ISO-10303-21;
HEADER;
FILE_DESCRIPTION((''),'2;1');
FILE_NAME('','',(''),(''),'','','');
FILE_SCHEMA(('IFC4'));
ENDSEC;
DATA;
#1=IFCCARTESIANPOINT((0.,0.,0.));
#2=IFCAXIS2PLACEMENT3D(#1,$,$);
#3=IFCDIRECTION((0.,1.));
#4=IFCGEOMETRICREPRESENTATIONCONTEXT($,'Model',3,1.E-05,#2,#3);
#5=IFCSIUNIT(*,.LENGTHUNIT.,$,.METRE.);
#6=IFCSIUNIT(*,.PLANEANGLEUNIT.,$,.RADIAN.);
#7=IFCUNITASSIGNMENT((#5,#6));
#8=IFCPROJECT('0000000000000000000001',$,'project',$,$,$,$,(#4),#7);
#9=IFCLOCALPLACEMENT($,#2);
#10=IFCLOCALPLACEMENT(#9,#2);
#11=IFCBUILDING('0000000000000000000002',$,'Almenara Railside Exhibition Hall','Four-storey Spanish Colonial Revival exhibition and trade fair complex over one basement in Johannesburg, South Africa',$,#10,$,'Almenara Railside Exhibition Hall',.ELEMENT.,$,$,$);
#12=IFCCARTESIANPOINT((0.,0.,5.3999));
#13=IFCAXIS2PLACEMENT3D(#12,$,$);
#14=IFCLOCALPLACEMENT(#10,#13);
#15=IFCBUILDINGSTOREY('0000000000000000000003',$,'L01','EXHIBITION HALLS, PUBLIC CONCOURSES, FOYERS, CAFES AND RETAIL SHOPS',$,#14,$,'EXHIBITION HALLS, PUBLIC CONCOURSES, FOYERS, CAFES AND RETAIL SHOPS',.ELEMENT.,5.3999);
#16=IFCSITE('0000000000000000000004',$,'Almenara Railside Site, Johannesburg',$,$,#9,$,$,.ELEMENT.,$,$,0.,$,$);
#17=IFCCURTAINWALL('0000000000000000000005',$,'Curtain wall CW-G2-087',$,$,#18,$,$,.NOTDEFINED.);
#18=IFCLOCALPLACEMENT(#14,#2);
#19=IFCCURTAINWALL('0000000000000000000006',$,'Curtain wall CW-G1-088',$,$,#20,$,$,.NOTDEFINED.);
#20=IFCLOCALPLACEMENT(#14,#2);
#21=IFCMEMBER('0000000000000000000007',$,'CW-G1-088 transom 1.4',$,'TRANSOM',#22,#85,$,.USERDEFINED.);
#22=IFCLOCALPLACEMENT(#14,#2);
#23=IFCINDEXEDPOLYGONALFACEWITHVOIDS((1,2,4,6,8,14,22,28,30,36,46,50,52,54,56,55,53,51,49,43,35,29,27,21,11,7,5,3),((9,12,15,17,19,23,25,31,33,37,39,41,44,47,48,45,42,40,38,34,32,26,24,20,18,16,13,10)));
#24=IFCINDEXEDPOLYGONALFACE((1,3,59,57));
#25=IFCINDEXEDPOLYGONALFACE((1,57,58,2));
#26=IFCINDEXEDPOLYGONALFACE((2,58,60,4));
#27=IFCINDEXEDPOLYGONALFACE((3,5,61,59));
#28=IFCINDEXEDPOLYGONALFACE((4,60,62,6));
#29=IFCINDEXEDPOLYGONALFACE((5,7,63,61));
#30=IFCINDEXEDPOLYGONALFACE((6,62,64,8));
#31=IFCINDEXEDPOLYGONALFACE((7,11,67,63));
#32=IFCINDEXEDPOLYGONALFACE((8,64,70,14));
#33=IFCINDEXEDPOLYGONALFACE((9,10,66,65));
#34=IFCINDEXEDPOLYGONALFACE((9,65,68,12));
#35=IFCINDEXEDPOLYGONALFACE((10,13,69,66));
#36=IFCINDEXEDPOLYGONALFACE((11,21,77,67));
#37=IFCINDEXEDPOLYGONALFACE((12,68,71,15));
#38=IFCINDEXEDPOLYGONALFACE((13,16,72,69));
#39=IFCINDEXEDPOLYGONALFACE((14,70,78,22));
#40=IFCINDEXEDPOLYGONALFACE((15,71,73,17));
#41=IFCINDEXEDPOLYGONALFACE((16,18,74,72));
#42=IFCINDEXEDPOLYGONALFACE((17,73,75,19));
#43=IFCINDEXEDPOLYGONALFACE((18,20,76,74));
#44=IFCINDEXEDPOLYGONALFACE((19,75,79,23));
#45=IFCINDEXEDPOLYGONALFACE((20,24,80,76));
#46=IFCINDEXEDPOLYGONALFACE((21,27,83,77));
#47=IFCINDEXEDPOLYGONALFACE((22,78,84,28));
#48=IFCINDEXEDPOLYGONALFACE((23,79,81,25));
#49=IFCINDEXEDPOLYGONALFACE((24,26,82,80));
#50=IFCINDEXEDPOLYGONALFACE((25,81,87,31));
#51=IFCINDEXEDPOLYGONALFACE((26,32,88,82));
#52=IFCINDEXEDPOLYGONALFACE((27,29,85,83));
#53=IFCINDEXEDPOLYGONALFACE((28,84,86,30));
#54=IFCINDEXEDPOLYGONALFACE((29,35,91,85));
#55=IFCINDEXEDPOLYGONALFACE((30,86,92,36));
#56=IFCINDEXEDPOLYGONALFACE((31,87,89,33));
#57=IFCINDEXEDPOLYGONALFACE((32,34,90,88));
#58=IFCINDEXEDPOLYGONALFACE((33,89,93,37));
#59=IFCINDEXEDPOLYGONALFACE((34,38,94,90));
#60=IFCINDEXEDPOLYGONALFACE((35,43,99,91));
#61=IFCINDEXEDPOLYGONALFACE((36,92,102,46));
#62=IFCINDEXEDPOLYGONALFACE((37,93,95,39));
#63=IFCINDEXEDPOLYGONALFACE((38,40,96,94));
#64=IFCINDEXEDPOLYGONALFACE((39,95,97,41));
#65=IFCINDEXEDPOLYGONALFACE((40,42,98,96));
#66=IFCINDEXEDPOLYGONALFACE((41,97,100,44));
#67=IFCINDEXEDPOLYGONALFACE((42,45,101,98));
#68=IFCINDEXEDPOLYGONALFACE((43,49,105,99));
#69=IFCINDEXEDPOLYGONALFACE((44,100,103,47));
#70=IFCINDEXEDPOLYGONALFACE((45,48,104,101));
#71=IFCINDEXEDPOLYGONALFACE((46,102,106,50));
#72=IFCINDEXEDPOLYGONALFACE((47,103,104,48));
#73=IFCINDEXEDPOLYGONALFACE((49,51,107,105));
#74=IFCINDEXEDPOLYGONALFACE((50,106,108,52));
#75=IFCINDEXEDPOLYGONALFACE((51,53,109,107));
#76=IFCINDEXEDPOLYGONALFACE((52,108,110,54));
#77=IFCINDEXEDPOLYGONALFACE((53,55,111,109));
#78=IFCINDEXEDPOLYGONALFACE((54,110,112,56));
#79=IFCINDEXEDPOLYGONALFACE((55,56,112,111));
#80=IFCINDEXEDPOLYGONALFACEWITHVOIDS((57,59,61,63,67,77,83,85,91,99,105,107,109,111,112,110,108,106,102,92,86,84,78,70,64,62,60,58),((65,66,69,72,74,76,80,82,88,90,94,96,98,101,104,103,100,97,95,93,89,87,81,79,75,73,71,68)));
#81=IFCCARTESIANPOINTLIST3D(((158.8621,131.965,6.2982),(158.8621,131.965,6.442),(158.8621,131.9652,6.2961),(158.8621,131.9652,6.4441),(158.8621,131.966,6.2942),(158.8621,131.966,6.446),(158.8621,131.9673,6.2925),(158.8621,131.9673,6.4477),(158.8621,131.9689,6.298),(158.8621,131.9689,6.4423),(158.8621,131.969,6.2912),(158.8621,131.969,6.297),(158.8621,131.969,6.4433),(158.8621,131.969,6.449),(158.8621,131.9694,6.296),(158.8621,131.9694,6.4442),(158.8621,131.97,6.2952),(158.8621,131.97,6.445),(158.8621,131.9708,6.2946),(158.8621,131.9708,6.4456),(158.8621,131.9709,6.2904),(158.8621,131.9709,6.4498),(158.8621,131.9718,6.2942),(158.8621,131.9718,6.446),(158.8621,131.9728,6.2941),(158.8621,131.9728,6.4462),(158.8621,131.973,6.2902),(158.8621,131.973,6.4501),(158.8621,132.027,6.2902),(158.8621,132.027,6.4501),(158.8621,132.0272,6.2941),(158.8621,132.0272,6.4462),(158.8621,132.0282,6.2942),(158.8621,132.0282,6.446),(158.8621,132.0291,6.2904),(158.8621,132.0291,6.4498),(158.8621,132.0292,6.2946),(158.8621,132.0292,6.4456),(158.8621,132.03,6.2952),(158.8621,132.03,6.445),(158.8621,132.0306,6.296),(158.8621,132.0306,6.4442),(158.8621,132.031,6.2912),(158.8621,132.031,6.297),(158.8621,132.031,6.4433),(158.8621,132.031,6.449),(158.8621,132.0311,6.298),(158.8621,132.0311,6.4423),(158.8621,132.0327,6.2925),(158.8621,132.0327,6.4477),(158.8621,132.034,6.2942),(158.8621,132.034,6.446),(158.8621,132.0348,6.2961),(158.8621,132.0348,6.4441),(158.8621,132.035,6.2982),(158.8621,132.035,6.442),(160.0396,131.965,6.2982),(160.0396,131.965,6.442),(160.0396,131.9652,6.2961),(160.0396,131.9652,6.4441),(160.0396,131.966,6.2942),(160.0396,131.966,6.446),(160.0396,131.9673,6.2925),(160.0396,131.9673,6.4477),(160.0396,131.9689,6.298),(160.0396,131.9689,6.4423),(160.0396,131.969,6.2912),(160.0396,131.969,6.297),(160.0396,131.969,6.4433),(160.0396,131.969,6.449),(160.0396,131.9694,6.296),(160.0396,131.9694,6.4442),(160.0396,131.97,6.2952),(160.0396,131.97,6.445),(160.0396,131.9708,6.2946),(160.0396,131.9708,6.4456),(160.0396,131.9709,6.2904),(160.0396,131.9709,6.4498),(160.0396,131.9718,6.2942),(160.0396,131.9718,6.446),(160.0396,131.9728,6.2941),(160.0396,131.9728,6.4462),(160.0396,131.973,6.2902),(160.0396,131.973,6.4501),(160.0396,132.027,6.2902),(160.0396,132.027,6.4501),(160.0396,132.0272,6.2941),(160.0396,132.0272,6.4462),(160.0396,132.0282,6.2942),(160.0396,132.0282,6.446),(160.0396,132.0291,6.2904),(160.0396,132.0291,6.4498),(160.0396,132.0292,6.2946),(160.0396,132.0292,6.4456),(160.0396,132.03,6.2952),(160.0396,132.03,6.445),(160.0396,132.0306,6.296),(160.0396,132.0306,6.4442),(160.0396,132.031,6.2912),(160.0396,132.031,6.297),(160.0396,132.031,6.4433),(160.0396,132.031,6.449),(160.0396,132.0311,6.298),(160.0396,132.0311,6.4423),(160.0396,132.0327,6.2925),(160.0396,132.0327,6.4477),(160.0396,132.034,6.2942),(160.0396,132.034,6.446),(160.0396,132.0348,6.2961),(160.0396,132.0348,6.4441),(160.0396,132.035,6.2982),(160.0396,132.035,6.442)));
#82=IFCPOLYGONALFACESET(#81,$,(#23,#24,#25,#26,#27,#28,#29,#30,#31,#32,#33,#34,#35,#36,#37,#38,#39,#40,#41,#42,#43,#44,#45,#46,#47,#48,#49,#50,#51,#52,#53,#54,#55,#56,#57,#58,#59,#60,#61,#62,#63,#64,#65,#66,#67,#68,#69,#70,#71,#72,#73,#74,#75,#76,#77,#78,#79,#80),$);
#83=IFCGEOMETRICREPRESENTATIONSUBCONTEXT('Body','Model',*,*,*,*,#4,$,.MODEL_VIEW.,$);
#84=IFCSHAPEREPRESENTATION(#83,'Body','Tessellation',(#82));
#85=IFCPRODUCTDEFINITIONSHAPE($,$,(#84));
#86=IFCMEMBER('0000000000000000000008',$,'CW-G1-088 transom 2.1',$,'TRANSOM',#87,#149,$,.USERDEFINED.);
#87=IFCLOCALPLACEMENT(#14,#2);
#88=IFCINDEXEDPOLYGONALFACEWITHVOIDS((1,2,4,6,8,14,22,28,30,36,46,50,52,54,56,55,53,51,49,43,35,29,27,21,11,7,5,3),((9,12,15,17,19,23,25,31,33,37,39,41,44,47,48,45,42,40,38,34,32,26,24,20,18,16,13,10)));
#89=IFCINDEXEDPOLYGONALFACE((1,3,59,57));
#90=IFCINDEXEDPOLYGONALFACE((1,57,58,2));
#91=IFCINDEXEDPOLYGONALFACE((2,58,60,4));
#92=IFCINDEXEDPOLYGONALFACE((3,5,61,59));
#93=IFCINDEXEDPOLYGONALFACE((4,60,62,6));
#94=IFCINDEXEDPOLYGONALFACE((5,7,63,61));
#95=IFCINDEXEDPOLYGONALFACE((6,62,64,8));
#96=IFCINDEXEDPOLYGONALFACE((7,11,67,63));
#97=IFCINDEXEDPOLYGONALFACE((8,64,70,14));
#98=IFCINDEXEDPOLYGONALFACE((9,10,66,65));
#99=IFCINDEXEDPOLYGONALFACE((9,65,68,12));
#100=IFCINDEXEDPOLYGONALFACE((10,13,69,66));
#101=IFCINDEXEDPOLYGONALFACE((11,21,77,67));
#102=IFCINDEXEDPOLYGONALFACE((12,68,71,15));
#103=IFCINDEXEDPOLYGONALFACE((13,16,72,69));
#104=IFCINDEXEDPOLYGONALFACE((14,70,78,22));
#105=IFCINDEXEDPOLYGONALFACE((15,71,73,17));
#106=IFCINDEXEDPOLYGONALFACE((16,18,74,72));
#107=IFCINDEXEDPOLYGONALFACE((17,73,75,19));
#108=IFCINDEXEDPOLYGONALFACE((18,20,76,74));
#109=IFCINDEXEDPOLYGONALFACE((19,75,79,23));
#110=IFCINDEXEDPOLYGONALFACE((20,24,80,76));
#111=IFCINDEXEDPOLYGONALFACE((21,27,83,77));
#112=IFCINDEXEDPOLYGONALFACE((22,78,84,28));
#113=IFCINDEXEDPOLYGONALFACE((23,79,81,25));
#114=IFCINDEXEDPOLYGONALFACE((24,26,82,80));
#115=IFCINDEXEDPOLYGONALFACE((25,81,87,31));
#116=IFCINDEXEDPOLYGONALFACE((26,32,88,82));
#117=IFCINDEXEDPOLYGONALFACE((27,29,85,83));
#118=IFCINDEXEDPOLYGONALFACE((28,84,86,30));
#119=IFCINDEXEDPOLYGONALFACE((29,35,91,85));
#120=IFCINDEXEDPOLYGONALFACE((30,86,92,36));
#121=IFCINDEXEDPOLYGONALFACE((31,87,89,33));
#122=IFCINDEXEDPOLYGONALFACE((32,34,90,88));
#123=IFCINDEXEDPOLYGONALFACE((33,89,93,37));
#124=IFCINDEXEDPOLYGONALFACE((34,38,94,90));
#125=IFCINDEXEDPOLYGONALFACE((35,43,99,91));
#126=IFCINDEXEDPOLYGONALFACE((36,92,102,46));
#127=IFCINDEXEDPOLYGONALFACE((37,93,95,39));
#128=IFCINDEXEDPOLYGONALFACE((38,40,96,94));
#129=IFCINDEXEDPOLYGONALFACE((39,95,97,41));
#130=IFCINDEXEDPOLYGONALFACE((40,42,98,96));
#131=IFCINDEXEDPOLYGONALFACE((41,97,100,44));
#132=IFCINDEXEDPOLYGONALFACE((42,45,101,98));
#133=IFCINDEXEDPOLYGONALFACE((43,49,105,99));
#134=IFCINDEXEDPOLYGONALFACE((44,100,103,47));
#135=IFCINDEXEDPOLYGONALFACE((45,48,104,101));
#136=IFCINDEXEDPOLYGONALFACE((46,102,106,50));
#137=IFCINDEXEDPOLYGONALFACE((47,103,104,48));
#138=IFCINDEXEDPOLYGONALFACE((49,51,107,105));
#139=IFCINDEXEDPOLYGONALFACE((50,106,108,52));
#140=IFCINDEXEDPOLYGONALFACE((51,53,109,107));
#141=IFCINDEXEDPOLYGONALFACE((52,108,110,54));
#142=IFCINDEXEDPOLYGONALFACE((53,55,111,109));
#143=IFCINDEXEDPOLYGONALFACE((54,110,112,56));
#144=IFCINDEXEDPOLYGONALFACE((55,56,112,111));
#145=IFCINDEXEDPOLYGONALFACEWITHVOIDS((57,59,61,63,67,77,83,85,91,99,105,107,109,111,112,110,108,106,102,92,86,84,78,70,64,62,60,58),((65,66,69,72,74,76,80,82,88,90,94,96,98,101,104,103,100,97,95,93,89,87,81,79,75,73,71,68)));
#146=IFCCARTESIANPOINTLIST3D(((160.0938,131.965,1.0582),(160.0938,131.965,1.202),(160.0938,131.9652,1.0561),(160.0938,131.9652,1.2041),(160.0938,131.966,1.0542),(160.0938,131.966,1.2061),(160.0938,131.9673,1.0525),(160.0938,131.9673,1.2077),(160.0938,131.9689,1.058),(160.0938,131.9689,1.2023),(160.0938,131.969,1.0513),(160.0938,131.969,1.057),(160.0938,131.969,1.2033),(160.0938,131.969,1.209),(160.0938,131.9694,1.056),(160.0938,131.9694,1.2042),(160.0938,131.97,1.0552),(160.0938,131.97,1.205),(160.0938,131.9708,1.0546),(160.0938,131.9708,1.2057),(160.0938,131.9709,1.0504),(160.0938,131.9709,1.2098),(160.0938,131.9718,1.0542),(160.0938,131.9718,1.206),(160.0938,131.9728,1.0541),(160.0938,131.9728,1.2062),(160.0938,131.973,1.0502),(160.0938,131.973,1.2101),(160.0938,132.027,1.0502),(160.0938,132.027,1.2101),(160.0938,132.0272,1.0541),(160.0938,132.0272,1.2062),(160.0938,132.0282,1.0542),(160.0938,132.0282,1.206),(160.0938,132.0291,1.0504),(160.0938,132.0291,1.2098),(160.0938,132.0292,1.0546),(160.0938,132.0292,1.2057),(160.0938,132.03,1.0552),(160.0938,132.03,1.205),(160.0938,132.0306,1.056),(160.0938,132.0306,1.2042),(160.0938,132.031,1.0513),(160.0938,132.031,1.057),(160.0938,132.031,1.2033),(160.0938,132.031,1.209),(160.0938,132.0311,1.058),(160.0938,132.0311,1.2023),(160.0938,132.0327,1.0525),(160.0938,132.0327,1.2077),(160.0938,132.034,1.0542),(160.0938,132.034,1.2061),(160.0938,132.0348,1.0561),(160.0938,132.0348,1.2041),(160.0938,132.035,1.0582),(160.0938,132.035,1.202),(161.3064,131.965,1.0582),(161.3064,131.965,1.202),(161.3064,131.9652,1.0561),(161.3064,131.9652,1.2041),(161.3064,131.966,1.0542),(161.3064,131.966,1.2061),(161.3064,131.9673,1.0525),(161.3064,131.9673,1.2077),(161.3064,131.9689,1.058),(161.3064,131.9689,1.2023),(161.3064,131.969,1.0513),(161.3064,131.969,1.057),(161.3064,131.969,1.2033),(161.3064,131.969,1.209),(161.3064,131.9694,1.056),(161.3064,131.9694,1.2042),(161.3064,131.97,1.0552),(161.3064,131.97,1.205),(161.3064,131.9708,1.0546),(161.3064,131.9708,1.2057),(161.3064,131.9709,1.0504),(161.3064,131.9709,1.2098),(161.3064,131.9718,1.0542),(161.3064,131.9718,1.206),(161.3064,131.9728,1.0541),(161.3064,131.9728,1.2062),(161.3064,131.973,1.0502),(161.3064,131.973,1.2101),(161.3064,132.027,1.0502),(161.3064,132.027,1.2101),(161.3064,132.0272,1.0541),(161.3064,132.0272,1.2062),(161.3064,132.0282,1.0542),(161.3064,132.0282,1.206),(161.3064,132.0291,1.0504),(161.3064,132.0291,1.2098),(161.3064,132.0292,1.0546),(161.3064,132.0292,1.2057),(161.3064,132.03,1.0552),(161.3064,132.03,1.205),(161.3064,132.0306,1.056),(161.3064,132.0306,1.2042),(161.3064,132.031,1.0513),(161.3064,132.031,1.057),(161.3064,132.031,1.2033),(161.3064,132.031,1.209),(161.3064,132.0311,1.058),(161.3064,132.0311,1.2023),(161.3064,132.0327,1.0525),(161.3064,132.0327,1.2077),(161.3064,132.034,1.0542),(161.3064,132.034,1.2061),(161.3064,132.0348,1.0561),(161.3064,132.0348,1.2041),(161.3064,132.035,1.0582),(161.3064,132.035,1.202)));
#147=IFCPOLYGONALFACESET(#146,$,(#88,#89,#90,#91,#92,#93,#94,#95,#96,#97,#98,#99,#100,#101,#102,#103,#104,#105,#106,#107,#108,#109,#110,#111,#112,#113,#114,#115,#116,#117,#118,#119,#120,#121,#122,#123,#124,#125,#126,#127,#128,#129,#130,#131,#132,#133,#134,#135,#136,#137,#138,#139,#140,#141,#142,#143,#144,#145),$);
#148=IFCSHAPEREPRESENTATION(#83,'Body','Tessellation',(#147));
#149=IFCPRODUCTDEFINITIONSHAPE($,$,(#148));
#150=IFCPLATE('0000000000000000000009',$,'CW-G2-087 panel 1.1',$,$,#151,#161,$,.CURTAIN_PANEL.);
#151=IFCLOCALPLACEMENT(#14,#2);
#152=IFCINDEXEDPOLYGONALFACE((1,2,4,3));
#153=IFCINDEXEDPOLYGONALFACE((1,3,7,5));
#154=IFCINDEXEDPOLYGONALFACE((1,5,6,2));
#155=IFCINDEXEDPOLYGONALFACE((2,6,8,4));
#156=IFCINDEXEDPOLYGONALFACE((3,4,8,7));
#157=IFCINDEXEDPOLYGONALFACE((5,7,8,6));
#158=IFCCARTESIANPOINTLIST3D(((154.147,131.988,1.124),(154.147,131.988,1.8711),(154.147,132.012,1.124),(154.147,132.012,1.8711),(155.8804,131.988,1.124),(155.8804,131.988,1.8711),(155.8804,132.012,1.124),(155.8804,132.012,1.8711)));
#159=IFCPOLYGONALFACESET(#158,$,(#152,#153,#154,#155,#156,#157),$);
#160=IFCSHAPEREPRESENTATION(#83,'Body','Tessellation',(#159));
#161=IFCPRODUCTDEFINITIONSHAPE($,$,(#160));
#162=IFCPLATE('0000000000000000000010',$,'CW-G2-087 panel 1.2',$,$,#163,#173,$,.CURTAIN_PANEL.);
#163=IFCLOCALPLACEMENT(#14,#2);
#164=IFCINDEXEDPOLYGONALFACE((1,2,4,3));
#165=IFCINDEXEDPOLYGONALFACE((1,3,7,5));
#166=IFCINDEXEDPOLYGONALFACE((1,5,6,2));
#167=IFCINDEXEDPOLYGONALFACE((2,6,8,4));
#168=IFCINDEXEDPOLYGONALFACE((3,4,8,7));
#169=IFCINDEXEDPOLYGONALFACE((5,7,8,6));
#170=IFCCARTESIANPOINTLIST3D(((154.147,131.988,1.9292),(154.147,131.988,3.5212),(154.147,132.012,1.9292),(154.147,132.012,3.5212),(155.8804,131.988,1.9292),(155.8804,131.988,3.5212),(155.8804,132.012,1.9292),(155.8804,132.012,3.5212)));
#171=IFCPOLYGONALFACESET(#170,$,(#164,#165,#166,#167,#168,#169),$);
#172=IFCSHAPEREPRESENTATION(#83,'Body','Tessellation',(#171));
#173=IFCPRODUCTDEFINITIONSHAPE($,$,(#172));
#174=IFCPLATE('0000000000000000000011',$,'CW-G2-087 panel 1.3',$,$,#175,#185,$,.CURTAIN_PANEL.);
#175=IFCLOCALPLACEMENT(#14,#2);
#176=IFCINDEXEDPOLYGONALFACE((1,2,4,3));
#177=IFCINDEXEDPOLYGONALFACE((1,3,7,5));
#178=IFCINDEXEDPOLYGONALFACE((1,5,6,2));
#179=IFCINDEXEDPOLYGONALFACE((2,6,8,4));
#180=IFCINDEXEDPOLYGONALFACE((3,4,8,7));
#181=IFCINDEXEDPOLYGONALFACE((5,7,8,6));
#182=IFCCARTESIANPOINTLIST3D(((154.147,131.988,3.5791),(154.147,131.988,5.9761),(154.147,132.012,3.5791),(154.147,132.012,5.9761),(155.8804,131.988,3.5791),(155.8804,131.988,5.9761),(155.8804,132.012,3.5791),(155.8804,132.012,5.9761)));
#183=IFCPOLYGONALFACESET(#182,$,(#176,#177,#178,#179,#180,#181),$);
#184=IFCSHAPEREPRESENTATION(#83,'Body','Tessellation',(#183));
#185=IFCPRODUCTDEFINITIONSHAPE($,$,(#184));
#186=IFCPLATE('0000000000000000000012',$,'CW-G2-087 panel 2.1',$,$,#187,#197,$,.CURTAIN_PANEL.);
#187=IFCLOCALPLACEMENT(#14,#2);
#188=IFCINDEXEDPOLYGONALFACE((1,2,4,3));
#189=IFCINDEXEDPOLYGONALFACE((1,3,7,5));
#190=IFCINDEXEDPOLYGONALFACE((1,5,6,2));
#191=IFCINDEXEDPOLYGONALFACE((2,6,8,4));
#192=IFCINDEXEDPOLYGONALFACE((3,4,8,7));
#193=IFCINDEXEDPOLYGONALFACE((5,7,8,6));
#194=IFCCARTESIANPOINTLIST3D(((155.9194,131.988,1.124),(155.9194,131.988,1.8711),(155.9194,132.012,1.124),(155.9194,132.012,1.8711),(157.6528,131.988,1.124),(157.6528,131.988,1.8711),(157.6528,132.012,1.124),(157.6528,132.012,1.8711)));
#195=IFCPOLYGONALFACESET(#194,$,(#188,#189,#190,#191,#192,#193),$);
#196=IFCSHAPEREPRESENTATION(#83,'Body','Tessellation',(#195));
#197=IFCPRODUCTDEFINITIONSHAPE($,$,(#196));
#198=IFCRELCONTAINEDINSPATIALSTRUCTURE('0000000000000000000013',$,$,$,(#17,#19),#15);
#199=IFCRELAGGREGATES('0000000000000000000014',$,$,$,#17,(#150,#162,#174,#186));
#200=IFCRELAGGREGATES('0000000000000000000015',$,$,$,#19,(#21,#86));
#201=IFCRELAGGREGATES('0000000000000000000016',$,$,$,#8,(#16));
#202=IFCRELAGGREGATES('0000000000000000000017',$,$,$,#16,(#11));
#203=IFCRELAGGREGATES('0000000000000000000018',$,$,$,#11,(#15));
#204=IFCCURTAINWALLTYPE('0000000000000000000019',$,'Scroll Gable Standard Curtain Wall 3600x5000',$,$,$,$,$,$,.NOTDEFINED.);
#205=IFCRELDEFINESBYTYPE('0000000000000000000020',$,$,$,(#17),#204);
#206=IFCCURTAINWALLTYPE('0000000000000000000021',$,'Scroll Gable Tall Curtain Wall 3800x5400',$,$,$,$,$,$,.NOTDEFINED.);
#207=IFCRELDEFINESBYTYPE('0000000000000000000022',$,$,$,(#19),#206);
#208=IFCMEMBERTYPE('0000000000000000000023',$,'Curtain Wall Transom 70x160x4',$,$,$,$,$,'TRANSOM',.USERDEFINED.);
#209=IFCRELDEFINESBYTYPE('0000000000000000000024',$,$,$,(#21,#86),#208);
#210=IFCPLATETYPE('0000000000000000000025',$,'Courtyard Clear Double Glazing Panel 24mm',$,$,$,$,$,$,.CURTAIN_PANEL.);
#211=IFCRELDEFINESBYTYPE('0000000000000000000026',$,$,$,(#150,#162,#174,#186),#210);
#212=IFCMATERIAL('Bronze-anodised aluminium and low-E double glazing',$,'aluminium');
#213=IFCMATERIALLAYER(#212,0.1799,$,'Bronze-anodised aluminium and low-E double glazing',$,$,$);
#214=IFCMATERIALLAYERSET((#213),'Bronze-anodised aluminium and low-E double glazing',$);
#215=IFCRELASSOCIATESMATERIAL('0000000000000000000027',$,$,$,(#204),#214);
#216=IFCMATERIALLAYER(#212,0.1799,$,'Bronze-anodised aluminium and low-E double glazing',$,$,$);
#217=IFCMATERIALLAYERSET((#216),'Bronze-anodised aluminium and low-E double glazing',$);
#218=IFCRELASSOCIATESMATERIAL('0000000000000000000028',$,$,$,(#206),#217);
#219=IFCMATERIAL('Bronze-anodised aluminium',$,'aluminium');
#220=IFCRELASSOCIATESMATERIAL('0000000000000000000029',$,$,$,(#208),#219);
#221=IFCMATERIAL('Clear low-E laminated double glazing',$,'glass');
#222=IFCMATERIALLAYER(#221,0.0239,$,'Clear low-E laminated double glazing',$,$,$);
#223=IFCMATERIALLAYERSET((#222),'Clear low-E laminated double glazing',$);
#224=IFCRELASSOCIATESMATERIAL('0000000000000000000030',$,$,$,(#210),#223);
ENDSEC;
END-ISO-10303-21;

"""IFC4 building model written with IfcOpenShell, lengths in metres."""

from ifc_helpers import new_model, si_unit, direction, frame, origin, origin_2d, place, context, subcontext, project, spatial, rectangle, hollow_rectangle, extrude, material, layer, layer_set, material_profile, profile_set, type_object, element, aggregate, save


model = new_model("IFC4")

# Units and contexts
model_context = context("Model", 3, precision=1e-05, world=origin(), true_north=direction((0.0, 1.0)))
body_context = subcontext(model_context, "Body", "Model", "MODEL_VIEW")
ifc_project = project(units=[si_unit("LENGTHUNIT", "METRE"), si_unit("PLANEANGLEUNIT", "RADIAN")], contexts=[model_context])

# Site, building, storey
site_placement = place(None, origin())
site = spatial("IfcSite", under=ifc_project, at=site_placement, Name="Almenara Railside Site, Johannesburg", CompositionType="ELEMENT", RefElevation=0.0)
building_placement = place(site_placement, origin())
building = spatial("IfcBuilding", under=site, at=building_placement, Name="Almenara Railside Exhibition Hall", Description="Four-storey Spanish Colonial Revival exhibition and trade fair complex over one basement in Johannesburg, South Africa", LongName="Almenara Railside Exhibition Hall", CompositionType="ELEMENT")
storey_placement = place(building_placement, frame((0.0, 0.0, 5.3999)))
storey = spatial("IfcBuildingStorey", under=building, at=storey_placement, Name="L01", Description="EXHIBITION HALLS, PUBLIC CONCOURSES, FOYERS, CAFES AND RETAIL SHOPS", LongName="EXHIBITION HALLS, PUBLIC CONCOURSES, FOYERS, CAFES AND RETAIL SHOPS", CompositionType="ELEMENT", Elevation=5.3999)

# Curtain walls
ifc_material_1 = material(Name="Bronze-anodised aluminium and low-E double glazing", Category="aluminium")
ifc_layer_1 = layer(ifc_material_1, 0.1799, Name="Bronze-anodised aluminium and low-E double glazing")
ifc_layer_set_1 = layer_set([ifc_layer_1], Name="Bronze-anodised aluminium and low-E double glazing")
curtain_wall_type_1 = type_object("IfcCurtainWallType", Name="Scroll Gable Standard Curtain Wall 3600x5000", PredefinedType="NOTDEFINED", material=ifc_layer_set_1)
curtain_wall_1_placement = place(storey_placement, origin())
curtain_wall_1 = element("IfcCurtainWall", 1, at=curtain_wall_1_placement, inside=storey, type_object=curtain_wall_type_1, Name="Curtain wall CW-G2-087", PredefinedType="NOTDEFINED")
ifc_material_2 = material(Name="Bronze-anodised aluminium", Category="aluminium")
ifc_layer_2 = layer(ifc_material_1, 0.1799, Name="Bronze-anodised aluminium and low-E double glazing")
ifc_layer_set_2 = layer_set([ifc_layer_2], Name="Bronze-anodised aluminium and low-E double glazing")
curtain_wall_type_2 = type_object("IfcCurtainWallType", Name="Scroll Gable Tall Curtain Wall 3800x5400", PredefinedType="NOTDEFINED", material=ifc_layer_set_2)
curtain_wall_2_placement = place(storey_placement, origin())
curtain_wall_2 = element("IfcCurtainWall", 2, at=curtain_wall_2_placement, inside=storey, type_object=curtain_wall_type_2, Name="Curtain wall CW-G1-088", PredefinedType="NOTDEFINED")

# Members
ifc_material_profile_1 = material_profile(ifc_material_2, hollow_rectangle(XDim=0.0701, YDim=0.1599, WallThickness=0.0039, InnerFilletRadius=0.0039, OuterFilletRadius=0.0081, at=origin_2d()), Name="ALU-TRN 70x160x4")
ifc_profile_set_1 = profile_set([ifc_material_profile_1], Name="Bronze-anodised aluminium")
member_type_1 = type_object("IfcMemberType", Name="Curtain Wall Transom 70x160x4", ElementType="TRANSOM", PredefinedType="USERDEFINED", material=ifc_profile_set_1)
member_1_placement = place(storey_placement, frame((158.8621, 132.0, 6.3701), z_axis=(1.0, 0.0, 0.0), x_axis=(0.0, 1.0, 0.0)))
member_1 = element("IfcMember", 3, at=member_1_placement, type_object=member_type_1, Name="CW-G1-088 transom 1.4", ObjectType="TRANSOM", PredefinedType="USERDEFINED", context=body_context, shape_type="SweptSolid", body=[
    extrude(hollow_rectangle(XDim=0.0701, YDim=0.1599, WallThickness=0.0039, InnerFilletRadius=0.0039, OuterFilletRadius=0.0081, at=origin_2d()), origin(), (0.0, 0.0, 1.0), 1.1775),
])
member_2_placement = place(storey_placement, frame((160.0938, 132.0, 1.1301), z_axis=(1.0, 0.0, 0.0), x_axis=(0.0, 1.0, 0.0)))
member_2 = element("IfcMember", 4, at=member_2_placement, type_object=member_type_1, Name="CW-G1-088 transom 2.1", ObjectType="TRANSOM", PredefinedType="USERDEFINED", context=body_context, shape_type="SweptSolid", body=[
    extrude(hollow_rectangle(XDim=0.0701, YDim=0.1599, WallThickness=0.0039, InnerFilletRadius=0.0039, OuterFilletRadius=0.0081, at=origin_2d()), origin(), (0.0, 0.0, 1.0), 1.2126),
])

# Plates
ifc_material_3 = material(Name="Clear low-E laminated double glazing", Category="glass")
ifc_layer_3 = layer(ifc_material_3, 0.0239, Name="Clear low-E laminated double glazing")
ifc_layer_set_3 = layer_set([ifc_layer_3], Name="Clear low-E laminated double glazing")
plate_type_1 = type_object("IfcPlateType", Name="Courtyard Clear Double Glazing Panel 24mm", PredefinedType="CURTAIN_PANEL", material=ifc_layer_set_3)
plate_1_placement = place(storey_placement, frame((155.0137, 132.0, 1.124), z_axis=(0.0, 0.0, 1.0), x_axis=(1.0, 0.0, 0.0)))
plate_1 = element("IfcPlate", 5, at=plate_1_placement, type_object=plate_type_1, Name="CW-G2-087 panel 1.1", PredefinedType="CURTAIN_PANEL", context=body_context, shape_type="SweptSolid", body=[
    extrude(rectangle(XDim=1.7334, YDim=0.0239, at=origin_2d()), origin(), (0.0, 0.0, 1.0), 0.7471),
])
plate_2_placement = place(storey_placement, frame((155.0137, 132.0, 1.9292), z_axis=(0.0, 0.0, 1.0), x_axis=(1.0, 0.0, 0.0)))
plate_2 = element("IfcPlate", 6, at=plate_2_placement, type_object=plate_type_1, Name="CW-G2-087 panel 1.2", PredefinedType="CURTAIN_PANEL", context=body_context, shape_type="SweptSolid", body=[
    extrude(rectangle(XDim=1.7334, YDim=0.0239, at=origin_2d()), origin(), (0.0, 0.0, 1.0), 1.592),
])
plate_3_placement = place(storey_placement, frame((155.0137, 132.0, 3.5791), z_axis=(0.0, 0.0, 1.0), x_axis=(1.0, 0.0, 0.0)))
plate_3 = element("IfcPlate", 7, at=plate_3_placement, type_object=plate_type_1, Name="CW-G2-087 panel 1.3", PredefinedType="CURTAIN_PANEL", context=body_context, shape_type="SweptSolid", body=[
    extrude(rectangle(XDim=1.7334, YDim=0.0239, at=origin_2d()), origin(), (0.0, 0.0, 1.0), 2.397),
])
plate_4_placement = place(storey_placement, frame((156.7861, 132.0, 1.124), z_axis=(0.0, 0.0, 1.0), x_axis=(1.0, 0.0, 0.0)))
plate_4 = element("IfcPlate", 8, at=plate_4_placement, type_object=plate_type_1, Name="CW-G2-087 panel 2.1", PredefinedType="CURTAIN_PANEL", context=body_context, shape_type="SweptSolid", body=[
    extrude(rectangle(XDim=1.7334, YDim=0.0239, at=origin_2d()), origin(), (0.0, 0.0, 1.0), 0.7471),
])
aggregate(curtain_wall_1, [plate_1, plate_2, plate_3, plate_4])
aggregate(curtain_wall_2, [member_1, member_2])

save(model, "model.ifc")
